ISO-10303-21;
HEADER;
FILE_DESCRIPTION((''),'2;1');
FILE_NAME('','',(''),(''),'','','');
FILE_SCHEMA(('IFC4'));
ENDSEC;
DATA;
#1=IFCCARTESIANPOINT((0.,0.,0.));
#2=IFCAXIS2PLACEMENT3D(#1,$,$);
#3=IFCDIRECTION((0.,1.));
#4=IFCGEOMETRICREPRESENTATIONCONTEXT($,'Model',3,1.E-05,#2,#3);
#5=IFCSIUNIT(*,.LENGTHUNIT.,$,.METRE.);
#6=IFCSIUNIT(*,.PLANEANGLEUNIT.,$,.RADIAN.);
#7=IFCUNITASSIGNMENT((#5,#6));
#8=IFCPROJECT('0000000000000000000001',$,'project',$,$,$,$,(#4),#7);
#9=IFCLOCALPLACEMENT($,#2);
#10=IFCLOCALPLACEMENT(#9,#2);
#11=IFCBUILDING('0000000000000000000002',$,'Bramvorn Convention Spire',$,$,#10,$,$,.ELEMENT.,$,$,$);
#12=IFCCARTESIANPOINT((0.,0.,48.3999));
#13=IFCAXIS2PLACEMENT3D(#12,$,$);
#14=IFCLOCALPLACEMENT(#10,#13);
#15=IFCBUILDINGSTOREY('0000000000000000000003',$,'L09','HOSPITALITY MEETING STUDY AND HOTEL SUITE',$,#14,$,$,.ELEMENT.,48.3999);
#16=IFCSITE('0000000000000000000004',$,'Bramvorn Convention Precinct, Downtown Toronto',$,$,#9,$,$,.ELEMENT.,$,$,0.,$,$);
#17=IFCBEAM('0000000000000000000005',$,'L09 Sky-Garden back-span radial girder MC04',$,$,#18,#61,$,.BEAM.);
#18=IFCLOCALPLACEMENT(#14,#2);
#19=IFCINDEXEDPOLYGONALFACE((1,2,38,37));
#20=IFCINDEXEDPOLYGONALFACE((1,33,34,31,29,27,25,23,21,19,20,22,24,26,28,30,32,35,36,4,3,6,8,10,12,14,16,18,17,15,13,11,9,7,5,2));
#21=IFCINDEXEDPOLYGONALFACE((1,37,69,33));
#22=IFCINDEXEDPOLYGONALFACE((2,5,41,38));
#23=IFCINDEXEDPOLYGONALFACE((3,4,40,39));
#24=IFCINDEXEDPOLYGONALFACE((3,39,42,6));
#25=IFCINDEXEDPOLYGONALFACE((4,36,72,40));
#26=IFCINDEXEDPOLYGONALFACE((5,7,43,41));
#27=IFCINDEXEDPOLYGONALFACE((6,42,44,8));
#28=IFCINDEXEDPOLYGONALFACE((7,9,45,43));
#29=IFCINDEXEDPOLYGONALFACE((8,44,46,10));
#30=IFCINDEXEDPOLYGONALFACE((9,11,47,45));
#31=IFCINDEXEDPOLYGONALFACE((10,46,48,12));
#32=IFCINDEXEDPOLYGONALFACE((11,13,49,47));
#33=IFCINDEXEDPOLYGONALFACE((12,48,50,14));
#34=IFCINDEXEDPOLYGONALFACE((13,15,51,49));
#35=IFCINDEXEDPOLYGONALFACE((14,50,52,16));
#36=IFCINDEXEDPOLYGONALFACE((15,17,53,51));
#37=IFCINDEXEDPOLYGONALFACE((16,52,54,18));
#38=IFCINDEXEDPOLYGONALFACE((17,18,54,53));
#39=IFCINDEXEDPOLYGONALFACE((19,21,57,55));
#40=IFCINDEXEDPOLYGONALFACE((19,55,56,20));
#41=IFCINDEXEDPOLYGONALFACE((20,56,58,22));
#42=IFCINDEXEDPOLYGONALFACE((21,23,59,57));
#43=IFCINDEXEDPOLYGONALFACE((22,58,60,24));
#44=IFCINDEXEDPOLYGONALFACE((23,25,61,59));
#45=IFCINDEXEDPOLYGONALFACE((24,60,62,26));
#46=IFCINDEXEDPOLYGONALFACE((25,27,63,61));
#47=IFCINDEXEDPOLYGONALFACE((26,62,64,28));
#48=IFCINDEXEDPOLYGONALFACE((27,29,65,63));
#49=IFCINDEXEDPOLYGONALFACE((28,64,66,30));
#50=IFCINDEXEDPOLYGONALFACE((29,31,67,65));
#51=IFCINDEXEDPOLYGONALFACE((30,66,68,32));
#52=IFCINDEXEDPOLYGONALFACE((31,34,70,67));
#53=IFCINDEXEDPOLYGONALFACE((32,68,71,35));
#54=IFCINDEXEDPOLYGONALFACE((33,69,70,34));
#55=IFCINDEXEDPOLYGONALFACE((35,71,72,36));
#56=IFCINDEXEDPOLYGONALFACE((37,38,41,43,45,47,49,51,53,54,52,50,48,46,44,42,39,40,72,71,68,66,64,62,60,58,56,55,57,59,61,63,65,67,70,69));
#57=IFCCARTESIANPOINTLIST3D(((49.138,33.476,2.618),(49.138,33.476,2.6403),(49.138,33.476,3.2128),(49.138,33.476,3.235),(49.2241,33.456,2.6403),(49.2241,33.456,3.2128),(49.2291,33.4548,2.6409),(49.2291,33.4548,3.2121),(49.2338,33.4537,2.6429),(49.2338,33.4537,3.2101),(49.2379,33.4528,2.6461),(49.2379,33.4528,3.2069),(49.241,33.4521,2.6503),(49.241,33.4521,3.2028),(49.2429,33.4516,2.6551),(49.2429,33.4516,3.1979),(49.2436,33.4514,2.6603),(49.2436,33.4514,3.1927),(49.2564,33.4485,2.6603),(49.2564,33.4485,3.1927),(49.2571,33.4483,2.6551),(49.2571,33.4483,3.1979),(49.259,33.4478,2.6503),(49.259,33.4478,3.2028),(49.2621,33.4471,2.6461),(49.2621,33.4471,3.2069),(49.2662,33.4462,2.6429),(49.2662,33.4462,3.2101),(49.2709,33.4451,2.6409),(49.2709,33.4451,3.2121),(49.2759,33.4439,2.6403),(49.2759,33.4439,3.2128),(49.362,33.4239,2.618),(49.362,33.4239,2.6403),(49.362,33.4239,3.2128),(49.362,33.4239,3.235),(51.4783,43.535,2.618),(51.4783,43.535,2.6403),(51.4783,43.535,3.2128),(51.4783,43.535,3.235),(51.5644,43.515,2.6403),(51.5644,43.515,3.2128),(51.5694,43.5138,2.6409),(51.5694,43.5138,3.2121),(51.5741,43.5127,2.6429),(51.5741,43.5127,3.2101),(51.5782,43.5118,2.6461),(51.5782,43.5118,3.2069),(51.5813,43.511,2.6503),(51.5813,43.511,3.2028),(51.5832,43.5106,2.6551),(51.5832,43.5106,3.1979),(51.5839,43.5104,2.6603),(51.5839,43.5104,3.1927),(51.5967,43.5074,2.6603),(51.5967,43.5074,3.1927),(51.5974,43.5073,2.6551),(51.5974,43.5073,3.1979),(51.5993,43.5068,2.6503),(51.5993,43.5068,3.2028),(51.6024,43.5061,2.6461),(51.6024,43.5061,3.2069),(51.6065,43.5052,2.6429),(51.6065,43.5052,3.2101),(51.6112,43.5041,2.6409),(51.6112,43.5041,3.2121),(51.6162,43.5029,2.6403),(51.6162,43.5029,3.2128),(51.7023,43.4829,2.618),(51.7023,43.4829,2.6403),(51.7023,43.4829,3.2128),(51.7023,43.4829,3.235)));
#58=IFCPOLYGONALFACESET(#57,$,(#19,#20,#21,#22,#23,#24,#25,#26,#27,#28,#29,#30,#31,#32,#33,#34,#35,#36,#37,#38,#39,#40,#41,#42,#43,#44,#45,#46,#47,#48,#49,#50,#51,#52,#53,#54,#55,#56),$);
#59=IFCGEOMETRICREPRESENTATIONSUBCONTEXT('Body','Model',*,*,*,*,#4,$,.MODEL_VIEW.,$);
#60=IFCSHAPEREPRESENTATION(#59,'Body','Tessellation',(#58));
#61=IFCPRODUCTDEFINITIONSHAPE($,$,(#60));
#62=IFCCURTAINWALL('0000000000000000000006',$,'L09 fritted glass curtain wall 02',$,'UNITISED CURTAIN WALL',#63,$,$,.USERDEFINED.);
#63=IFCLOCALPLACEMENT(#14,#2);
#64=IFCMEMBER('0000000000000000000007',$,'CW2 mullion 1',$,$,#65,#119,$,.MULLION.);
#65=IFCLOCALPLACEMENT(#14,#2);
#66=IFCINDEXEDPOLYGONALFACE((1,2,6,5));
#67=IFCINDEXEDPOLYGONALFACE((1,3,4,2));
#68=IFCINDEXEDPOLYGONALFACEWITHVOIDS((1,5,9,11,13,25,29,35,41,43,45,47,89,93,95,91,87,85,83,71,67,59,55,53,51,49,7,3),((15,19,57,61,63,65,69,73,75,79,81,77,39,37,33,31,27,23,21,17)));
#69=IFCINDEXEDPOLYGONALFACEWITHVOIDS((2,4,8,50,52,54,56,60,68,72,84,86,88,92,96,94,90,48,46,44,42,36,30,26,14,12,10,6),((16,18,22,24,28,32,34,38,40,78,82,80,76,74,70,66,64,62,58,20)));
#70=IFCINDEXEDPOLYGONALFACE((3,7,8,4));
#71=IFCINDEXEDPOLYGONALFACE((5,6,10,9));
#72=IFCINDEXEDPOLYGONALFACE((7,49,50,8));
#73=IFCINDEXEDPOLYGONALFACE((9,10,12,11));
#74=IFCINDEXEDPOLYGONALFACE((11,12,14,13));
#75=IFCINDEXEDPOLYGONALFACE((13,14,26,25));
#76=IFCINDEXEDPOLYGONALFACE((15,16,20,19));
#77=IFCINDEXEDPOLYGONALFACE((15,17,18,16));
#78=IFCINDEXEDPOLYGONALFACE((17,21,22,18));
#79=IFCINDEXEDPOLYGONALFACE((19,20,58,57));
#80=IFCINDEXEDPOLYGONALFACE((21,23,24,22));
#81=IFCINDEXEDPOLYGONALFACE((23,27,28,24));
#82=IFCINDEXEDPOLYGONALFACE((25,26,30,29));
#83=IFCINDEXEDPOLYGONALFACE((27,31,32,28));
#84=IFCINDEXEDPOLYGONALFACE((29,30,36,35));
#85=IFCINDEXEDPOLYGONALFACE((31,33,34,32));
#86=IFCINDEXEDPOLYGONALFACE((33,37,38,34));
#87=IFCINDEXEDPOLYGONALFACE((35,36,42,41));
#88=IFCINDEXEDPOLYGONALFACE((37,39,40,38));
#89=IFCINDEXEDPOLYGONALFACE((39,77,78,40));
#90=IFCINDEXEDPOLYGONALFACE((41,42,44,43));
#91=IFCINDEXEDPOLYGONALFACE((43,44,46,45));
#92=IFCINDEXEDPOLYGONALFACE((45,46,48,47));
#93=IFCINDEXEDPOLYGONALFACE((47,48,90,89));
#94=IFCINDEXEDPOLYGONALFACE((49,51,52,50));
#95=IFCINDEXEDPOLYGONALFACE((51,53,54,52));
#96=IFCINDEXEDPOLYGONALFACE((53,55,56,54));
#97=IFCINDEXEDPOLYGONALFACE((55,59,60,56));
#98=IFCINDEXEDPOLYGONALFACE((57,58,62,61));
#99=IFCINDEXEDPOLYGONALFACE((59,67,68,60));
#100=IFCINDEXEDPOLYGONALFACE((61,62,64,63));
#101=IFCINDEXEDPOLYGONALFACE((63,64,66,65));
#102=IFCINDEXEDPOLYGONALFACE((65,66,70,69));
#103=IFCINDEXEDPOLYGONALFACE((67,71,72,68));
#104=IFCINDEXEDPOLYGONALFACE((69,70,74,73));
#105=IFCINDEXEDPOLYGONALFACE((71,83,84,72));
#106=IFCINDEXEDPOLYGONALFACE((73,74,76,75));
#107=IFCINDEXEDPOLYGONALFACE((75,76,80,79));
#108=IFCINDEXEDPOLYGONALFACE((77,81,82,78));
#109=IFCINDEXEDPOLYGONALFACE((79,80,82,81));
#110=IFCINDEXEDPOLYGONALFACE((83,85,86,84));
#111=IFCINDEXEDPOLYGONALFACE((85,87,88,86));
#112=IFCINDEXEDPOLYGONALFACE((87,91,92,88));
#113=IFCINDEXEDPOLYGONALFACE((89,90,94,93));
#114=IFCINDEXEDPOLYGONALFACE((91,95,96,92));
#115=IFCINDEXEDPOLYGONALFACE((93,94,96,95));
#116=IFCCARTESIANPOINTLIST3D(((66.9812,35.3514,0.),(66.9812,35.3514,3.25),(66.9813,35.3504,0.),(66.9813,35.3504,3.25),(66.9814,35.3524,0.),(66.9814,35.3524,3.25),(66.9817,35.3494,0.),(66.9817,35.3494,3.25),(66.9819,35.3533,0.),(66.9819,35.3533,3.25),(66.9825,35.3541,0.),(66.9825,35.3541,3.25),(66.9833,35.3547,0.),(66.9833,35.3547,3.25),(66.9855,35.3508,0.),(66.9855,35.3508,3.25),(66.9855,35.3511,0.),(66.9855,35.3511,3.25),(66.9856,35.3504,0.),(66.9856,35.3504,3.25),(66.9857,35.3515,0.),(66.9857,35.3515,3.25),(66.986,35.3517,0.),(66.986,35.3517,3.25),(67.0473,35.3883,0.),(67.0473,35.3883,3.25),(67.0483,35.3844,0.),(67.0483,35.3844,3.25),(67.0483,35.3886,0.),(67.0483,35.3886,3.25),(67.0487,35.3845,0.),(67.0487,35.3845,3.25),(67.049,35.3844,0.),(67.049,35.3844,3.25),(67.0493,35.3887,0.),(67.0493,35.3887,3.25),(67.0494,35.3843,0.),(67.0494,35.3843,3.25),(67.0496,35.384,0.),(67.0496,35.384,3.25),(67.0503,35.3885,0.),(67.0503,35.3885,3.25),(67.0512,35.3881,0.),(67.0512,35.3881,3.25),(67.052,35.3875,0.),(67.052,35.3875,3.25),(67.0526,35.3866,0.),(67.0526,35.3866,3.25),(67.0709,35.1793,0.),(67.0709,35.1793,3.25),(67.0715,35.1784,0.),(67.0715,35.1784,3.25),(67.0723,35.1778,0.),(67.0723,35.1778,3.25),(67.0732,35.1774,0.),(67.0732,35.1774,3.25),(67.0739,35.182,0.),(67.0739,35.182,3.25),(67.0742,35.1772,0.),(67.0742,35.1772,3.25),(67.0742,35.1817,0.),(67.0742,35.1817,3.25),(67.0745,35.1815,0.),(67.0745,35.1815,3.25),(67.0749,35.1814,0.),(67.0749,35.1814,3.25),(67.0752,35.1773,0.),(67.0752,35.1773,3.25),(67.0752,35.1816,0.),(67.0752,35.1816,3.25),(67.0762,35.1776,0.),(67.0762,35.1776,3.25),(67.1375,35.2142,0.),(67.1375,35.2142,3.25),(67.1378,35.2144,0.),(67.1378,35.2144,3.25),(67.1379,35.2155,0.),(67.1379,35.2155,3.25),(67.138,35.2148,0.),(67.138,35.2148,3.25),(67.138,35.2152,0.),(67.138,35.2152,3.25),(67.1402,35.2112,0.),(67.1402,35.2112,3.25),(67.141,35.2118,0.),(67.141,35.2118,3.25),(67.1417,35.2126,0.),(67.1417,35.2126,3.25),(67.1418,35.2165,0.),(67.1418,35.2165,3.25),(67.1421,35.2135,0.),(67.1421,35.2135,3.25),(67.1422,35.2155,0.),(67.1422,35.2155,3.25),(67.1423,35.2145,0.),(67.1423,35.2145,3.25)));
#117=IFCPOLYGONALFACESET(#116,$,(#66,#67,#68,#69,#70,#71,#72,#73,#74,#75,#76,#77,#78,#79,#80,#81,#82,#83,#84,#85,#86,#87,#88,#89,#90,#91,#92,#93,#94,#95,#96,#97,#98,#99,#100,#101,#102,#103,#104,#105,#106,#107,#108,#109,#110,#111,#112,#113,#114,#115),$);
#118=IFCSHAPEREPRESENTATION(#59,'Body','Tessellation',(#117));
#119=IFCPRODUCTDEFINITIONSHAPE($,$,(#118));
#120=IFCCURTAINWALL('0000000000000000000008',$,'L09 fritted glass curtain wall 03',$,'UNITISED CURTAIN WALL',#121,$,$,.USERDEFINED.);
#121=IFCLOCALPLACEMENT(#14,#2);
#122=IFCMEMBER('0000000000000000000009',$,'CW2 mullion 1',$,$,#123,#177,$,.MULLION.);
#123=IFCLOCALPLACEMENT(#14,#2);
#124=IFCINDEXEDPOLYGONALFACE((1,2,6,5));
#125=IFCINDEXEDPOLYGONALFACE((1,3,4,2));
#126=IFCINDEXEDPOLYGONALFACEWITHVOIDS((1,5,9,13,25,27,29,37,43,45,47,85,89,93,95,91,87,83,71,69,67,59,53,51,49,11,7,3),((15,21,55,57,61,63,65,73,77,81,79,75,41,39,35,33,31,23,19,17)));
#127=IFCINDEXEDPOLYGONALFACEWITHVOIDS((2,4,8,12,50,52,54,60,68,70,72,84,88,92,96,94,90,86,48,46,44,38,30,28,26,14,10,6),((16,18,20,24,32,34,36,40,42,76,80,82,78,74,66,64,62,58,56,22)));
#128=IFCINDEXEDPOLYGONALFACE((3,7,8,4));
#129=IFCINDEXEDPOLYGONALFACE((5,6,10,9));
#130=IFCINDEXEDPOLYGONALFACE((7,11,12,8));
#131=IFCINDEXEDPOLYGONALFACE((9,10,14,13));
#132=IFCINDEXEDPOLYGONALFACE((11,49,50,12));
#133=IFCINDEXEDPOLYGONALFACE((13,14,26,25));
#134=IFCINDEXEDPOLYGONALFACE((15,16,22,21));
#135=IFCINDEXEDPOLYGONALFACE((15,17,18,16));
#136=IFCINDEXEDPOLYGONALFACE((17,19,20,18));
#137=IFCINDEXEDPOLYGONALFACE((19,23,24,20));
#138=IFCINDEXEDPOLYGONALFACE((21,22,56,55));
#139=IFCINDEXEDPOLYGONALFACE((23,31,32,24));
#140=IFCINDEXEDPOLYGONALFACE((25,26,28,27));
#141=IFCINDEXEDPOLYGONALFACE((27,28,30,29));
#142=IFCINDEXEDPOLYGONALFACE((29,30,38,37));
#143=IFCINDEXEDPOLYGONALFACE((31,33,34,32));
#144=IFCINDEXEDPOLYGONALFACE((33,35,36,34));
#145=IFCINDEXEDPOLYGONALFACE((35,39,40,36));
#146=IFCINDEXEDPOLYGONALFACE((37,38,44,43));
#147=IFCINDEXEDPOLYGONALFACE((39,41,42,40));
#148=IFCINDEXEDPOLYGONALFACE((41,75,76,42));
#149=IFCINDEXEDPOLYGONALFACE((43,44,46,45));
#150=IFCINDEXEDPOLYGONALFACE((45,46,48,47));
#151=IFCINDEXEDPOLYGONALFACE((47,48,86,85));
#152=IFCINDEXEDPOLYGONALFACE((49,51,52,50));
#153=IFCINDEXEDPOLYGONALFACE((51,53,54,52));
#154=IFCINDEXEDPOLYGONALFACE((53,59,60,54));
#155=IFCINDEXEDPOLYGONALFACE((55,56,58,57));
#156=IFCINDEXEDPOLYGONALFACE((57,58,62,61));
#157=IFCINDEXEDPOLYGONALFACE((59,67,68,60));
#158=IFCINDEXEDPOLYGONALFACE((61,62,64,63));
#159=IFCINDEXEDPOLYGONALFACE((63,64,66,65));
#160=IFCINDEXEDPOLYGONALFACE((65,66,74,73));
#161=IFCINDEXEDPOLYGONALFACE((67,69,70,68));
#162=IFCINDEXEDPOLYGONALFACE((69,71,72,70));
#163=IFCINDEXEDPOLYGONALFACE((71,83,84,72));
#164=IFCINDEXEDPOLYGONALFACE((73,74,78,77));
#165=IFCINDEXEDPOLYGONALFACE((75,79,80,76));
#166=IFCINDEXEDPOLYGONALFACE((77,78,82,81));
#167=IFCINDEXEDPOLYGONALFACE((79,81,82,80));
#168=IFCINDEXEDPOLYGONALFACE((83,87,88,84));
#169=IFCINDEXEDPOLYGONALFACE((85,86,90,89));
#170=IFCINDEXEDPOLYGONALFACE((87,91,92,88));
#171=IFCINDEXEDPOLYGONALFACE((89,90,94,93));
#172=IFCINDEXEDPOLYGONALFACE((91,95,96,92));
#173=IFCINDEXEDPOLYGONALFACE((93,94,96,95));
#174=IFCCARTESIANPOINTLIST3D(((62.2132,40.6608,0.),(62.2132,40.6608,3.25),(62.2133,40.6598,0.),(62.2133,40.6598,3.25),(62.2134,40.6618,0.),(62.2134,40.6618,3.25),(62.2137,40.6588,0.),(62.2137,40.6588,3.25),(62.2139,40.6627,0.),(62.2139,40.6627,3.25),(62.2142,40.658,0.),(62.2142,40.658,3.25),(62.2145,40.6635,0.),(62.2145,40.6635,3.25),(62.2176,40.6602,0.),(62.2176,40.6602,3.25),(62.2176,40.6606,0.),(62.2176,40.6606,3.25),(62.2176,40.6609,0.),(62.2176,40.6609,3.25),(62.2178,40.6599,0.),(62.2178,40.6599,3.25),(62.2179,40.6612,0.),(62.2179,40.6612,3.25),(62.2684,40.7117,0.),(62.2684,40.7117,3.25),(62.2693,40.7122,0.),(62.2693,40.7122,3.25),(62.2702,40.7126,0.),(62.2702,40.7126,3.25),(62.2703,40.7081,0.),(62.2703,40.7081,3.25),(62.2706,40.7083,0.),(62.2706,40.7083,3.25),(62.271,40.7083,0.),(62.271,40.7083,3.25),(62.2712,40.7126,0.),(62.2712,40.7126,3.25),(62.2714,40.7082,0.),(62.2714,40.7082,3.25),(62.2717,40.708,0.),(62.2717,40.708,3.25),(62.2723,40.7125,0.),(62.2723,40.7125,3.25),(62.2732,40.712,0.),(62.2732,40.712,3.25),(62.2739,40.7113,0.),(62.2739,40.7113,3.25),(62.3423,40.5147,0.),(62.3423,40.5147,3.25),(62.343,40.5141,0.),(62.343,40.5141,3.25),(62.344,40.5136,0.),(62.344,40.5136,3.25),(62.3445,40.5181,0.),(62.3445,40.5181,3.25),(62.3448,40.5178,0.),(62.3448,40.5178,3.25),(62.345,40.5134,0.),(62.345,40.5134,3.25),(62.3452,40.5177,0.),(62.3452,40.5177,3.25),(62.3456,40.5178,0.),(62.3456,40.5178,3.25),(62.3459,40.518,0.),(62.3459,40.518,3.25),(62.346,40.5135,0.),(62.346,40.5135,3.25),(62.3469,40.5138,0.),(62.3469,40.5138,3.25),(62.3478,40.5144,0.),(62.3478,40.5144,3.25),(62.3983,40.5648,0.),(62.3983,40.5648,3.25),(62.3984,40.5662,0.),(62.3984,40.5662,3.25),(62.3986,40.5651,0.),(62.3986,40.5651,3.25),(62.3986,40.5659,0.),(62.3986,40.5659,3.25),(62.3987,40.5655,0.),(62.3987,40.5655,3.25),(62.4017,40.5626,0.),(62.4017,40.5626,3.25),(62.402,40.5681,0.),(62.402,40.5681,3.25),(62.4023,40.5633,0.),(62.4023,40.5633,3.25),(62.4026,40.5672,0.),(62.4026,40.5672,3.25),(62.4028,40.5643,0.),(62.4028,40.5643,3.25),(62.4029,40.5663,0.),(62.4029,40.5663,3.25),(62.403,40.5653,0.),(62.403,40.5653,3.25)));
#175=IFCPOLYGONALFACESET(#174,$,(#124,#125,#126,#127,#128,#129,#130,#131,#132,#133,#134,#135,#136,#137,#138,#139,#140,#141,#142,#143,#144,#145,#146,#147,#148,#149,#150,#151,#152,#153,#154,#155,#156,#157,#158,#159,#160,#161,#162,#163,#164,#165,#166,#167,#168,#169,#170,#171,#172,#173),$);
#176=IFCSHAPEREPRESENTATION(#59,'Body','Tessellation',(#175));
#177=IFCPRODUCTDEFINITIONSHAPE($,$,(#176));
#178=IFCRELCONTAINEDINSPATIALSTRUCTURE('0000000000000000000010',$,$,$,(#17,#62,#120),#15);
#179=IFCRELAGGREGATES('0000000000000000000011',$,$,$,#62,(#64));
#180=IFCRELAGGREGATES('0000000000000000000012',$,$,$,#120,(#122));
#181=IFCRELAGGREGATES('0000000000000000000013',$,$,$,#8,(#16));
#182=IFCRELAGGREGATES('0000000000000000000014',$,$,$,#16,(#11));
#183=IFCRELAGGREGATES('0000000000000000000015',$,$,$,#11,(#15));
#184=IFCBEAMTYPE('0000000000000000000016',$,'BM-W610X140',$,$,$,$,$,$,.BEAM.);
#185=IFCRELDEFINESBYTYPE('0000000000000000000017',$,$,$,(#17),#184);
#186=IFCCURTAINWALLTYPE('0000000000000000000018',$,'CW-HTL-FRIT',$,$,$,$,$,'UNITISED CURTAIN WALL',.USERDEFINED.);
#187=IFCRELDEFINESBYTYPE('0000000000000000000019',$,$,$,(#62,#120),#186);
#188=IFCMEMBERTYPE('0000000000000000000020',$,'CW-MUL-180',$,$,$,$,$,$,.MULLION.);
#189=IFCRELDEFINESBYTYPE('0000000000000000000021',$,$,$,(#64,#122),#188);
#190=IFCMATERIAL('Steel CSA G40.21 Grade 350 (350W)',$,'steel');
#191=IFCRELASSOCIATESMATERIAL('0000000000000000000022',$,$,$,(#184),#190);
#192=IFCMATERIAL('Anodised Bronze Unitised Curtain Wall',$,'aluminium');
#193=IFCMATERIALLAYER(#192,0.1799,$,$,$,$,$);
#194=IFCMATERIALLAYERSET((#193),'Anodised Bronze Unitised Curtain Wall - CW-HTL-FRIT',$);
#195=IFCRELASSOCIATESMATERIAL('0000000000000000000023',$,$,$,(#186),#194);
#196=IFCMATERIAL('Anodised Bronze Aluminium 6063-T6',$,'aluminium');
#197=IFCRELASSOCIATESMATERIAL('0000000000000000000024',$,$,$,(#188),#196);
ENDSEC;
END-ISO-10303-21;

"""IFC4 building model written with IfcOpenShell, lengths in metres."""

from ifc_helpers import new_model, si_unit, direction, frame, origin, origin_2d, place, context, subcontext, project, spatial, hollow_rectangle, i_section, extrude, material, layer, layer_set, material_profile, profile_set, type_object, element, aggregate, save


model = new_model("IFC4")

# Units and contexts
model_context = context("Model", 3, precision=1e-05, world=origin(), true_north=direction((0.0, 1.0)))
body_context = subcontext(model_context, "Body", "Model", "MODEL_VIEW")
ifc_project = project(units=[si_unit("LENGTHUNIT", "METRE"), si_unit("PLANEANGLEUNIT", "RADIAN")], contexts=[model_context])

# Site, building, storey
site_placement = place(None, origin())
site = spatial("IfcSite", under=ifc_project, at=site_placement, Name="Bramvorn Convention Precinct, Downtown Toronto", CompositionType="ELEMENT", RefElevation=0.0)
building_placement = place(site_placement, origin())
building = spatial("IfcBuilding", under=site, at=building_placement, Name="Bramvorn Convention Spire", CompositionType="ELEMENT")
storey_placement = place(building_placement, frame((0.0, 0.0, 48.3999)))
storey = spatial("IfcBuildingStorey", under=building, at=storey_placement, Name="L09", Description="HOSPITALITY MEETING STUDY AND HOTEL SUITE", CompositionType="ELEMENT", Elevation=48.3999)

# Shared definitions
ifc_material_1 = material(Name="Steel CSA G40.21 Grade 350 (350W)", Category="steel")

# Beam
ifc_material_profile_1 = material_profile(ifc_material_1, i_section(OverallWidth=0.23, OverallDepth=0.6169, WebThickness=0.0132, FlangeThickness=0.0222, FilletRadius=0.02, at=origin_2d()))
ifc_profile_set_1 = profile_set([ifc_material_profile_1], Name="Steel CSA G40.21 Grade 350 (350W) - W610X140")
beam_type_1 = type_object("IfcBeamType", Name="BM-W610X140", PredefinedType="BEAM", material=ifc_profile_set_1)
beam_1_placement = place(storey_placement, frame((49.25, 33.45, 2.9265), z_axis=(0.226606, 0.973986, 0.0), x_axis=(-0.973986, 0.226606, 0.0)))
element("IfcBeam", 1, at=beam_1_placement, inside=storey, type_object=beam_type_1, Name="L09 Sky-Garden back-span radial girder MC04", PredefinedType="BEAM", context=body_context, shape_type="SweptSolid", body=[
    extrude(i_section(OverallWidth=0.23, OverallDepth=0.6169, WebThickness=0.0132, FlangeThickness=0.0222, FilletRadius=0.02, at=origin_2d()), origin(), (0.0, 0.0, 1.0), 10.3276),
])

# Curtain wall, member
ifc_material_2 = material(Name="Anodised Bronze Unitised Curtain Wall", Category="aluminium")
ifc_layer_1 = layer(ifc_material_2, 0.1799)
ifc_layer_set_1 = layer_set([ifc_layer_1], Name="Anodised Bronze Unitised Curtain Wall - CW-HTL-FRIT")
curtain_wall_type = type_object("IfcCurtainWallType", Name="CW-HTL-FRIT", ElementType="UNITISED CURTAIN WALL", PredefinedType="USERDEFINED", material=ifc_layer_set_1)
curtain_wall_1_placement = place(storey_placement, origin())
curtain_wall_1 = element("IfcCurtainWall", 2, at=curtain_wall_1_placement, inside=storey, type_object=curtain_wall_type, Name="L09 fritted glass curtain wall 02", ObjectType="UNITISED CURTAIN WALL", PredefinedType="USERDEFINED")
ifc_material_3 = material(Name="Anodised Bronze Aluminium 6063-T6", Category="aluminium")
ifc_material_profile_2 = material_profile(ifc_material_3, hollow_rectangle(XDim=0.0801, YDim=0.2, WallThickness=0.0039, InnerFilletRadius=0.001, OuterFilletRadius=0.0039, at=origin_2d()))
ifc_profile_set_2 = profile_set([ifc_material_profile_2], Name="Anodised Bronze Aluminium 6063-T6 - CWM80X200")
member_type_1 = type_object("IfcMemberType", Name="CW-MUL-180", PredefinedType="MULLION", material=ifc_profile_set_2)
member_1_placement = place(storey_placement, frame((67.0618, 35.283, 0.0), z_axis=(0.0, 0.0, 1.0), x_axis=(0.885626, 0.4644, 0.0)))
member_1 = element("IfcMember", 3, at=member_1_placement, type_object=member_type_1, Name="CW2 mullion 1", PredefinedType="MULLION", context=body_context, shape_type="SweptSolid", body=[
    extrude(hollow_rectangle(XDim=0.0801, YDim=0.2, WallThickness=0.0039, InnerFilletRadius=0.001, OuterFilletRadius=0.0039, at=origin_2d()), origin(), (0.0, 0.0, 1.0), 3.25),
])

# Curtain wall, member
curtain_wall_2_placement = place(storey_placement, origin())
curtain_wall_2 = element("IfcCurtainWall", 4, at=curtain_wall_2_placement, inside=storey, type_object=curtain_wall_type, Name="L09 fritted glass curtain wall 03", ObjectType="UNITISED CURTAIN WALL", PredefinedType="USERDEFINED")
member_2_placement = place(storey_placement, frame((62.3081, 40.613, 0.0), z_axis=(0.0, 0.0, 1.0), x_axis=(0.745629, 0.666361, 0.0)))
member_2 = element("IfcMember", 5, at=member_2_placement, type_object=member_type_1, Name="CW2 mullion 1", PredefinedType="MULLION", context=body_context, shape_type="SweptSolid", body=[
    extrude(hollow_rectangle(XDim=0.0801, YDim=0.2, WallThickness=0.0039, InnerFilletRadius=0.001, OuterFilletRadius=0.0039, at=origin_2d()), origin(), (0.0, 0.0, 1.0), 3.25),
])

aggregate(curtain_wall_1, [member_1])

aggregate(curtain_wall_2, [member_2])

save(model, "model.ifc")
